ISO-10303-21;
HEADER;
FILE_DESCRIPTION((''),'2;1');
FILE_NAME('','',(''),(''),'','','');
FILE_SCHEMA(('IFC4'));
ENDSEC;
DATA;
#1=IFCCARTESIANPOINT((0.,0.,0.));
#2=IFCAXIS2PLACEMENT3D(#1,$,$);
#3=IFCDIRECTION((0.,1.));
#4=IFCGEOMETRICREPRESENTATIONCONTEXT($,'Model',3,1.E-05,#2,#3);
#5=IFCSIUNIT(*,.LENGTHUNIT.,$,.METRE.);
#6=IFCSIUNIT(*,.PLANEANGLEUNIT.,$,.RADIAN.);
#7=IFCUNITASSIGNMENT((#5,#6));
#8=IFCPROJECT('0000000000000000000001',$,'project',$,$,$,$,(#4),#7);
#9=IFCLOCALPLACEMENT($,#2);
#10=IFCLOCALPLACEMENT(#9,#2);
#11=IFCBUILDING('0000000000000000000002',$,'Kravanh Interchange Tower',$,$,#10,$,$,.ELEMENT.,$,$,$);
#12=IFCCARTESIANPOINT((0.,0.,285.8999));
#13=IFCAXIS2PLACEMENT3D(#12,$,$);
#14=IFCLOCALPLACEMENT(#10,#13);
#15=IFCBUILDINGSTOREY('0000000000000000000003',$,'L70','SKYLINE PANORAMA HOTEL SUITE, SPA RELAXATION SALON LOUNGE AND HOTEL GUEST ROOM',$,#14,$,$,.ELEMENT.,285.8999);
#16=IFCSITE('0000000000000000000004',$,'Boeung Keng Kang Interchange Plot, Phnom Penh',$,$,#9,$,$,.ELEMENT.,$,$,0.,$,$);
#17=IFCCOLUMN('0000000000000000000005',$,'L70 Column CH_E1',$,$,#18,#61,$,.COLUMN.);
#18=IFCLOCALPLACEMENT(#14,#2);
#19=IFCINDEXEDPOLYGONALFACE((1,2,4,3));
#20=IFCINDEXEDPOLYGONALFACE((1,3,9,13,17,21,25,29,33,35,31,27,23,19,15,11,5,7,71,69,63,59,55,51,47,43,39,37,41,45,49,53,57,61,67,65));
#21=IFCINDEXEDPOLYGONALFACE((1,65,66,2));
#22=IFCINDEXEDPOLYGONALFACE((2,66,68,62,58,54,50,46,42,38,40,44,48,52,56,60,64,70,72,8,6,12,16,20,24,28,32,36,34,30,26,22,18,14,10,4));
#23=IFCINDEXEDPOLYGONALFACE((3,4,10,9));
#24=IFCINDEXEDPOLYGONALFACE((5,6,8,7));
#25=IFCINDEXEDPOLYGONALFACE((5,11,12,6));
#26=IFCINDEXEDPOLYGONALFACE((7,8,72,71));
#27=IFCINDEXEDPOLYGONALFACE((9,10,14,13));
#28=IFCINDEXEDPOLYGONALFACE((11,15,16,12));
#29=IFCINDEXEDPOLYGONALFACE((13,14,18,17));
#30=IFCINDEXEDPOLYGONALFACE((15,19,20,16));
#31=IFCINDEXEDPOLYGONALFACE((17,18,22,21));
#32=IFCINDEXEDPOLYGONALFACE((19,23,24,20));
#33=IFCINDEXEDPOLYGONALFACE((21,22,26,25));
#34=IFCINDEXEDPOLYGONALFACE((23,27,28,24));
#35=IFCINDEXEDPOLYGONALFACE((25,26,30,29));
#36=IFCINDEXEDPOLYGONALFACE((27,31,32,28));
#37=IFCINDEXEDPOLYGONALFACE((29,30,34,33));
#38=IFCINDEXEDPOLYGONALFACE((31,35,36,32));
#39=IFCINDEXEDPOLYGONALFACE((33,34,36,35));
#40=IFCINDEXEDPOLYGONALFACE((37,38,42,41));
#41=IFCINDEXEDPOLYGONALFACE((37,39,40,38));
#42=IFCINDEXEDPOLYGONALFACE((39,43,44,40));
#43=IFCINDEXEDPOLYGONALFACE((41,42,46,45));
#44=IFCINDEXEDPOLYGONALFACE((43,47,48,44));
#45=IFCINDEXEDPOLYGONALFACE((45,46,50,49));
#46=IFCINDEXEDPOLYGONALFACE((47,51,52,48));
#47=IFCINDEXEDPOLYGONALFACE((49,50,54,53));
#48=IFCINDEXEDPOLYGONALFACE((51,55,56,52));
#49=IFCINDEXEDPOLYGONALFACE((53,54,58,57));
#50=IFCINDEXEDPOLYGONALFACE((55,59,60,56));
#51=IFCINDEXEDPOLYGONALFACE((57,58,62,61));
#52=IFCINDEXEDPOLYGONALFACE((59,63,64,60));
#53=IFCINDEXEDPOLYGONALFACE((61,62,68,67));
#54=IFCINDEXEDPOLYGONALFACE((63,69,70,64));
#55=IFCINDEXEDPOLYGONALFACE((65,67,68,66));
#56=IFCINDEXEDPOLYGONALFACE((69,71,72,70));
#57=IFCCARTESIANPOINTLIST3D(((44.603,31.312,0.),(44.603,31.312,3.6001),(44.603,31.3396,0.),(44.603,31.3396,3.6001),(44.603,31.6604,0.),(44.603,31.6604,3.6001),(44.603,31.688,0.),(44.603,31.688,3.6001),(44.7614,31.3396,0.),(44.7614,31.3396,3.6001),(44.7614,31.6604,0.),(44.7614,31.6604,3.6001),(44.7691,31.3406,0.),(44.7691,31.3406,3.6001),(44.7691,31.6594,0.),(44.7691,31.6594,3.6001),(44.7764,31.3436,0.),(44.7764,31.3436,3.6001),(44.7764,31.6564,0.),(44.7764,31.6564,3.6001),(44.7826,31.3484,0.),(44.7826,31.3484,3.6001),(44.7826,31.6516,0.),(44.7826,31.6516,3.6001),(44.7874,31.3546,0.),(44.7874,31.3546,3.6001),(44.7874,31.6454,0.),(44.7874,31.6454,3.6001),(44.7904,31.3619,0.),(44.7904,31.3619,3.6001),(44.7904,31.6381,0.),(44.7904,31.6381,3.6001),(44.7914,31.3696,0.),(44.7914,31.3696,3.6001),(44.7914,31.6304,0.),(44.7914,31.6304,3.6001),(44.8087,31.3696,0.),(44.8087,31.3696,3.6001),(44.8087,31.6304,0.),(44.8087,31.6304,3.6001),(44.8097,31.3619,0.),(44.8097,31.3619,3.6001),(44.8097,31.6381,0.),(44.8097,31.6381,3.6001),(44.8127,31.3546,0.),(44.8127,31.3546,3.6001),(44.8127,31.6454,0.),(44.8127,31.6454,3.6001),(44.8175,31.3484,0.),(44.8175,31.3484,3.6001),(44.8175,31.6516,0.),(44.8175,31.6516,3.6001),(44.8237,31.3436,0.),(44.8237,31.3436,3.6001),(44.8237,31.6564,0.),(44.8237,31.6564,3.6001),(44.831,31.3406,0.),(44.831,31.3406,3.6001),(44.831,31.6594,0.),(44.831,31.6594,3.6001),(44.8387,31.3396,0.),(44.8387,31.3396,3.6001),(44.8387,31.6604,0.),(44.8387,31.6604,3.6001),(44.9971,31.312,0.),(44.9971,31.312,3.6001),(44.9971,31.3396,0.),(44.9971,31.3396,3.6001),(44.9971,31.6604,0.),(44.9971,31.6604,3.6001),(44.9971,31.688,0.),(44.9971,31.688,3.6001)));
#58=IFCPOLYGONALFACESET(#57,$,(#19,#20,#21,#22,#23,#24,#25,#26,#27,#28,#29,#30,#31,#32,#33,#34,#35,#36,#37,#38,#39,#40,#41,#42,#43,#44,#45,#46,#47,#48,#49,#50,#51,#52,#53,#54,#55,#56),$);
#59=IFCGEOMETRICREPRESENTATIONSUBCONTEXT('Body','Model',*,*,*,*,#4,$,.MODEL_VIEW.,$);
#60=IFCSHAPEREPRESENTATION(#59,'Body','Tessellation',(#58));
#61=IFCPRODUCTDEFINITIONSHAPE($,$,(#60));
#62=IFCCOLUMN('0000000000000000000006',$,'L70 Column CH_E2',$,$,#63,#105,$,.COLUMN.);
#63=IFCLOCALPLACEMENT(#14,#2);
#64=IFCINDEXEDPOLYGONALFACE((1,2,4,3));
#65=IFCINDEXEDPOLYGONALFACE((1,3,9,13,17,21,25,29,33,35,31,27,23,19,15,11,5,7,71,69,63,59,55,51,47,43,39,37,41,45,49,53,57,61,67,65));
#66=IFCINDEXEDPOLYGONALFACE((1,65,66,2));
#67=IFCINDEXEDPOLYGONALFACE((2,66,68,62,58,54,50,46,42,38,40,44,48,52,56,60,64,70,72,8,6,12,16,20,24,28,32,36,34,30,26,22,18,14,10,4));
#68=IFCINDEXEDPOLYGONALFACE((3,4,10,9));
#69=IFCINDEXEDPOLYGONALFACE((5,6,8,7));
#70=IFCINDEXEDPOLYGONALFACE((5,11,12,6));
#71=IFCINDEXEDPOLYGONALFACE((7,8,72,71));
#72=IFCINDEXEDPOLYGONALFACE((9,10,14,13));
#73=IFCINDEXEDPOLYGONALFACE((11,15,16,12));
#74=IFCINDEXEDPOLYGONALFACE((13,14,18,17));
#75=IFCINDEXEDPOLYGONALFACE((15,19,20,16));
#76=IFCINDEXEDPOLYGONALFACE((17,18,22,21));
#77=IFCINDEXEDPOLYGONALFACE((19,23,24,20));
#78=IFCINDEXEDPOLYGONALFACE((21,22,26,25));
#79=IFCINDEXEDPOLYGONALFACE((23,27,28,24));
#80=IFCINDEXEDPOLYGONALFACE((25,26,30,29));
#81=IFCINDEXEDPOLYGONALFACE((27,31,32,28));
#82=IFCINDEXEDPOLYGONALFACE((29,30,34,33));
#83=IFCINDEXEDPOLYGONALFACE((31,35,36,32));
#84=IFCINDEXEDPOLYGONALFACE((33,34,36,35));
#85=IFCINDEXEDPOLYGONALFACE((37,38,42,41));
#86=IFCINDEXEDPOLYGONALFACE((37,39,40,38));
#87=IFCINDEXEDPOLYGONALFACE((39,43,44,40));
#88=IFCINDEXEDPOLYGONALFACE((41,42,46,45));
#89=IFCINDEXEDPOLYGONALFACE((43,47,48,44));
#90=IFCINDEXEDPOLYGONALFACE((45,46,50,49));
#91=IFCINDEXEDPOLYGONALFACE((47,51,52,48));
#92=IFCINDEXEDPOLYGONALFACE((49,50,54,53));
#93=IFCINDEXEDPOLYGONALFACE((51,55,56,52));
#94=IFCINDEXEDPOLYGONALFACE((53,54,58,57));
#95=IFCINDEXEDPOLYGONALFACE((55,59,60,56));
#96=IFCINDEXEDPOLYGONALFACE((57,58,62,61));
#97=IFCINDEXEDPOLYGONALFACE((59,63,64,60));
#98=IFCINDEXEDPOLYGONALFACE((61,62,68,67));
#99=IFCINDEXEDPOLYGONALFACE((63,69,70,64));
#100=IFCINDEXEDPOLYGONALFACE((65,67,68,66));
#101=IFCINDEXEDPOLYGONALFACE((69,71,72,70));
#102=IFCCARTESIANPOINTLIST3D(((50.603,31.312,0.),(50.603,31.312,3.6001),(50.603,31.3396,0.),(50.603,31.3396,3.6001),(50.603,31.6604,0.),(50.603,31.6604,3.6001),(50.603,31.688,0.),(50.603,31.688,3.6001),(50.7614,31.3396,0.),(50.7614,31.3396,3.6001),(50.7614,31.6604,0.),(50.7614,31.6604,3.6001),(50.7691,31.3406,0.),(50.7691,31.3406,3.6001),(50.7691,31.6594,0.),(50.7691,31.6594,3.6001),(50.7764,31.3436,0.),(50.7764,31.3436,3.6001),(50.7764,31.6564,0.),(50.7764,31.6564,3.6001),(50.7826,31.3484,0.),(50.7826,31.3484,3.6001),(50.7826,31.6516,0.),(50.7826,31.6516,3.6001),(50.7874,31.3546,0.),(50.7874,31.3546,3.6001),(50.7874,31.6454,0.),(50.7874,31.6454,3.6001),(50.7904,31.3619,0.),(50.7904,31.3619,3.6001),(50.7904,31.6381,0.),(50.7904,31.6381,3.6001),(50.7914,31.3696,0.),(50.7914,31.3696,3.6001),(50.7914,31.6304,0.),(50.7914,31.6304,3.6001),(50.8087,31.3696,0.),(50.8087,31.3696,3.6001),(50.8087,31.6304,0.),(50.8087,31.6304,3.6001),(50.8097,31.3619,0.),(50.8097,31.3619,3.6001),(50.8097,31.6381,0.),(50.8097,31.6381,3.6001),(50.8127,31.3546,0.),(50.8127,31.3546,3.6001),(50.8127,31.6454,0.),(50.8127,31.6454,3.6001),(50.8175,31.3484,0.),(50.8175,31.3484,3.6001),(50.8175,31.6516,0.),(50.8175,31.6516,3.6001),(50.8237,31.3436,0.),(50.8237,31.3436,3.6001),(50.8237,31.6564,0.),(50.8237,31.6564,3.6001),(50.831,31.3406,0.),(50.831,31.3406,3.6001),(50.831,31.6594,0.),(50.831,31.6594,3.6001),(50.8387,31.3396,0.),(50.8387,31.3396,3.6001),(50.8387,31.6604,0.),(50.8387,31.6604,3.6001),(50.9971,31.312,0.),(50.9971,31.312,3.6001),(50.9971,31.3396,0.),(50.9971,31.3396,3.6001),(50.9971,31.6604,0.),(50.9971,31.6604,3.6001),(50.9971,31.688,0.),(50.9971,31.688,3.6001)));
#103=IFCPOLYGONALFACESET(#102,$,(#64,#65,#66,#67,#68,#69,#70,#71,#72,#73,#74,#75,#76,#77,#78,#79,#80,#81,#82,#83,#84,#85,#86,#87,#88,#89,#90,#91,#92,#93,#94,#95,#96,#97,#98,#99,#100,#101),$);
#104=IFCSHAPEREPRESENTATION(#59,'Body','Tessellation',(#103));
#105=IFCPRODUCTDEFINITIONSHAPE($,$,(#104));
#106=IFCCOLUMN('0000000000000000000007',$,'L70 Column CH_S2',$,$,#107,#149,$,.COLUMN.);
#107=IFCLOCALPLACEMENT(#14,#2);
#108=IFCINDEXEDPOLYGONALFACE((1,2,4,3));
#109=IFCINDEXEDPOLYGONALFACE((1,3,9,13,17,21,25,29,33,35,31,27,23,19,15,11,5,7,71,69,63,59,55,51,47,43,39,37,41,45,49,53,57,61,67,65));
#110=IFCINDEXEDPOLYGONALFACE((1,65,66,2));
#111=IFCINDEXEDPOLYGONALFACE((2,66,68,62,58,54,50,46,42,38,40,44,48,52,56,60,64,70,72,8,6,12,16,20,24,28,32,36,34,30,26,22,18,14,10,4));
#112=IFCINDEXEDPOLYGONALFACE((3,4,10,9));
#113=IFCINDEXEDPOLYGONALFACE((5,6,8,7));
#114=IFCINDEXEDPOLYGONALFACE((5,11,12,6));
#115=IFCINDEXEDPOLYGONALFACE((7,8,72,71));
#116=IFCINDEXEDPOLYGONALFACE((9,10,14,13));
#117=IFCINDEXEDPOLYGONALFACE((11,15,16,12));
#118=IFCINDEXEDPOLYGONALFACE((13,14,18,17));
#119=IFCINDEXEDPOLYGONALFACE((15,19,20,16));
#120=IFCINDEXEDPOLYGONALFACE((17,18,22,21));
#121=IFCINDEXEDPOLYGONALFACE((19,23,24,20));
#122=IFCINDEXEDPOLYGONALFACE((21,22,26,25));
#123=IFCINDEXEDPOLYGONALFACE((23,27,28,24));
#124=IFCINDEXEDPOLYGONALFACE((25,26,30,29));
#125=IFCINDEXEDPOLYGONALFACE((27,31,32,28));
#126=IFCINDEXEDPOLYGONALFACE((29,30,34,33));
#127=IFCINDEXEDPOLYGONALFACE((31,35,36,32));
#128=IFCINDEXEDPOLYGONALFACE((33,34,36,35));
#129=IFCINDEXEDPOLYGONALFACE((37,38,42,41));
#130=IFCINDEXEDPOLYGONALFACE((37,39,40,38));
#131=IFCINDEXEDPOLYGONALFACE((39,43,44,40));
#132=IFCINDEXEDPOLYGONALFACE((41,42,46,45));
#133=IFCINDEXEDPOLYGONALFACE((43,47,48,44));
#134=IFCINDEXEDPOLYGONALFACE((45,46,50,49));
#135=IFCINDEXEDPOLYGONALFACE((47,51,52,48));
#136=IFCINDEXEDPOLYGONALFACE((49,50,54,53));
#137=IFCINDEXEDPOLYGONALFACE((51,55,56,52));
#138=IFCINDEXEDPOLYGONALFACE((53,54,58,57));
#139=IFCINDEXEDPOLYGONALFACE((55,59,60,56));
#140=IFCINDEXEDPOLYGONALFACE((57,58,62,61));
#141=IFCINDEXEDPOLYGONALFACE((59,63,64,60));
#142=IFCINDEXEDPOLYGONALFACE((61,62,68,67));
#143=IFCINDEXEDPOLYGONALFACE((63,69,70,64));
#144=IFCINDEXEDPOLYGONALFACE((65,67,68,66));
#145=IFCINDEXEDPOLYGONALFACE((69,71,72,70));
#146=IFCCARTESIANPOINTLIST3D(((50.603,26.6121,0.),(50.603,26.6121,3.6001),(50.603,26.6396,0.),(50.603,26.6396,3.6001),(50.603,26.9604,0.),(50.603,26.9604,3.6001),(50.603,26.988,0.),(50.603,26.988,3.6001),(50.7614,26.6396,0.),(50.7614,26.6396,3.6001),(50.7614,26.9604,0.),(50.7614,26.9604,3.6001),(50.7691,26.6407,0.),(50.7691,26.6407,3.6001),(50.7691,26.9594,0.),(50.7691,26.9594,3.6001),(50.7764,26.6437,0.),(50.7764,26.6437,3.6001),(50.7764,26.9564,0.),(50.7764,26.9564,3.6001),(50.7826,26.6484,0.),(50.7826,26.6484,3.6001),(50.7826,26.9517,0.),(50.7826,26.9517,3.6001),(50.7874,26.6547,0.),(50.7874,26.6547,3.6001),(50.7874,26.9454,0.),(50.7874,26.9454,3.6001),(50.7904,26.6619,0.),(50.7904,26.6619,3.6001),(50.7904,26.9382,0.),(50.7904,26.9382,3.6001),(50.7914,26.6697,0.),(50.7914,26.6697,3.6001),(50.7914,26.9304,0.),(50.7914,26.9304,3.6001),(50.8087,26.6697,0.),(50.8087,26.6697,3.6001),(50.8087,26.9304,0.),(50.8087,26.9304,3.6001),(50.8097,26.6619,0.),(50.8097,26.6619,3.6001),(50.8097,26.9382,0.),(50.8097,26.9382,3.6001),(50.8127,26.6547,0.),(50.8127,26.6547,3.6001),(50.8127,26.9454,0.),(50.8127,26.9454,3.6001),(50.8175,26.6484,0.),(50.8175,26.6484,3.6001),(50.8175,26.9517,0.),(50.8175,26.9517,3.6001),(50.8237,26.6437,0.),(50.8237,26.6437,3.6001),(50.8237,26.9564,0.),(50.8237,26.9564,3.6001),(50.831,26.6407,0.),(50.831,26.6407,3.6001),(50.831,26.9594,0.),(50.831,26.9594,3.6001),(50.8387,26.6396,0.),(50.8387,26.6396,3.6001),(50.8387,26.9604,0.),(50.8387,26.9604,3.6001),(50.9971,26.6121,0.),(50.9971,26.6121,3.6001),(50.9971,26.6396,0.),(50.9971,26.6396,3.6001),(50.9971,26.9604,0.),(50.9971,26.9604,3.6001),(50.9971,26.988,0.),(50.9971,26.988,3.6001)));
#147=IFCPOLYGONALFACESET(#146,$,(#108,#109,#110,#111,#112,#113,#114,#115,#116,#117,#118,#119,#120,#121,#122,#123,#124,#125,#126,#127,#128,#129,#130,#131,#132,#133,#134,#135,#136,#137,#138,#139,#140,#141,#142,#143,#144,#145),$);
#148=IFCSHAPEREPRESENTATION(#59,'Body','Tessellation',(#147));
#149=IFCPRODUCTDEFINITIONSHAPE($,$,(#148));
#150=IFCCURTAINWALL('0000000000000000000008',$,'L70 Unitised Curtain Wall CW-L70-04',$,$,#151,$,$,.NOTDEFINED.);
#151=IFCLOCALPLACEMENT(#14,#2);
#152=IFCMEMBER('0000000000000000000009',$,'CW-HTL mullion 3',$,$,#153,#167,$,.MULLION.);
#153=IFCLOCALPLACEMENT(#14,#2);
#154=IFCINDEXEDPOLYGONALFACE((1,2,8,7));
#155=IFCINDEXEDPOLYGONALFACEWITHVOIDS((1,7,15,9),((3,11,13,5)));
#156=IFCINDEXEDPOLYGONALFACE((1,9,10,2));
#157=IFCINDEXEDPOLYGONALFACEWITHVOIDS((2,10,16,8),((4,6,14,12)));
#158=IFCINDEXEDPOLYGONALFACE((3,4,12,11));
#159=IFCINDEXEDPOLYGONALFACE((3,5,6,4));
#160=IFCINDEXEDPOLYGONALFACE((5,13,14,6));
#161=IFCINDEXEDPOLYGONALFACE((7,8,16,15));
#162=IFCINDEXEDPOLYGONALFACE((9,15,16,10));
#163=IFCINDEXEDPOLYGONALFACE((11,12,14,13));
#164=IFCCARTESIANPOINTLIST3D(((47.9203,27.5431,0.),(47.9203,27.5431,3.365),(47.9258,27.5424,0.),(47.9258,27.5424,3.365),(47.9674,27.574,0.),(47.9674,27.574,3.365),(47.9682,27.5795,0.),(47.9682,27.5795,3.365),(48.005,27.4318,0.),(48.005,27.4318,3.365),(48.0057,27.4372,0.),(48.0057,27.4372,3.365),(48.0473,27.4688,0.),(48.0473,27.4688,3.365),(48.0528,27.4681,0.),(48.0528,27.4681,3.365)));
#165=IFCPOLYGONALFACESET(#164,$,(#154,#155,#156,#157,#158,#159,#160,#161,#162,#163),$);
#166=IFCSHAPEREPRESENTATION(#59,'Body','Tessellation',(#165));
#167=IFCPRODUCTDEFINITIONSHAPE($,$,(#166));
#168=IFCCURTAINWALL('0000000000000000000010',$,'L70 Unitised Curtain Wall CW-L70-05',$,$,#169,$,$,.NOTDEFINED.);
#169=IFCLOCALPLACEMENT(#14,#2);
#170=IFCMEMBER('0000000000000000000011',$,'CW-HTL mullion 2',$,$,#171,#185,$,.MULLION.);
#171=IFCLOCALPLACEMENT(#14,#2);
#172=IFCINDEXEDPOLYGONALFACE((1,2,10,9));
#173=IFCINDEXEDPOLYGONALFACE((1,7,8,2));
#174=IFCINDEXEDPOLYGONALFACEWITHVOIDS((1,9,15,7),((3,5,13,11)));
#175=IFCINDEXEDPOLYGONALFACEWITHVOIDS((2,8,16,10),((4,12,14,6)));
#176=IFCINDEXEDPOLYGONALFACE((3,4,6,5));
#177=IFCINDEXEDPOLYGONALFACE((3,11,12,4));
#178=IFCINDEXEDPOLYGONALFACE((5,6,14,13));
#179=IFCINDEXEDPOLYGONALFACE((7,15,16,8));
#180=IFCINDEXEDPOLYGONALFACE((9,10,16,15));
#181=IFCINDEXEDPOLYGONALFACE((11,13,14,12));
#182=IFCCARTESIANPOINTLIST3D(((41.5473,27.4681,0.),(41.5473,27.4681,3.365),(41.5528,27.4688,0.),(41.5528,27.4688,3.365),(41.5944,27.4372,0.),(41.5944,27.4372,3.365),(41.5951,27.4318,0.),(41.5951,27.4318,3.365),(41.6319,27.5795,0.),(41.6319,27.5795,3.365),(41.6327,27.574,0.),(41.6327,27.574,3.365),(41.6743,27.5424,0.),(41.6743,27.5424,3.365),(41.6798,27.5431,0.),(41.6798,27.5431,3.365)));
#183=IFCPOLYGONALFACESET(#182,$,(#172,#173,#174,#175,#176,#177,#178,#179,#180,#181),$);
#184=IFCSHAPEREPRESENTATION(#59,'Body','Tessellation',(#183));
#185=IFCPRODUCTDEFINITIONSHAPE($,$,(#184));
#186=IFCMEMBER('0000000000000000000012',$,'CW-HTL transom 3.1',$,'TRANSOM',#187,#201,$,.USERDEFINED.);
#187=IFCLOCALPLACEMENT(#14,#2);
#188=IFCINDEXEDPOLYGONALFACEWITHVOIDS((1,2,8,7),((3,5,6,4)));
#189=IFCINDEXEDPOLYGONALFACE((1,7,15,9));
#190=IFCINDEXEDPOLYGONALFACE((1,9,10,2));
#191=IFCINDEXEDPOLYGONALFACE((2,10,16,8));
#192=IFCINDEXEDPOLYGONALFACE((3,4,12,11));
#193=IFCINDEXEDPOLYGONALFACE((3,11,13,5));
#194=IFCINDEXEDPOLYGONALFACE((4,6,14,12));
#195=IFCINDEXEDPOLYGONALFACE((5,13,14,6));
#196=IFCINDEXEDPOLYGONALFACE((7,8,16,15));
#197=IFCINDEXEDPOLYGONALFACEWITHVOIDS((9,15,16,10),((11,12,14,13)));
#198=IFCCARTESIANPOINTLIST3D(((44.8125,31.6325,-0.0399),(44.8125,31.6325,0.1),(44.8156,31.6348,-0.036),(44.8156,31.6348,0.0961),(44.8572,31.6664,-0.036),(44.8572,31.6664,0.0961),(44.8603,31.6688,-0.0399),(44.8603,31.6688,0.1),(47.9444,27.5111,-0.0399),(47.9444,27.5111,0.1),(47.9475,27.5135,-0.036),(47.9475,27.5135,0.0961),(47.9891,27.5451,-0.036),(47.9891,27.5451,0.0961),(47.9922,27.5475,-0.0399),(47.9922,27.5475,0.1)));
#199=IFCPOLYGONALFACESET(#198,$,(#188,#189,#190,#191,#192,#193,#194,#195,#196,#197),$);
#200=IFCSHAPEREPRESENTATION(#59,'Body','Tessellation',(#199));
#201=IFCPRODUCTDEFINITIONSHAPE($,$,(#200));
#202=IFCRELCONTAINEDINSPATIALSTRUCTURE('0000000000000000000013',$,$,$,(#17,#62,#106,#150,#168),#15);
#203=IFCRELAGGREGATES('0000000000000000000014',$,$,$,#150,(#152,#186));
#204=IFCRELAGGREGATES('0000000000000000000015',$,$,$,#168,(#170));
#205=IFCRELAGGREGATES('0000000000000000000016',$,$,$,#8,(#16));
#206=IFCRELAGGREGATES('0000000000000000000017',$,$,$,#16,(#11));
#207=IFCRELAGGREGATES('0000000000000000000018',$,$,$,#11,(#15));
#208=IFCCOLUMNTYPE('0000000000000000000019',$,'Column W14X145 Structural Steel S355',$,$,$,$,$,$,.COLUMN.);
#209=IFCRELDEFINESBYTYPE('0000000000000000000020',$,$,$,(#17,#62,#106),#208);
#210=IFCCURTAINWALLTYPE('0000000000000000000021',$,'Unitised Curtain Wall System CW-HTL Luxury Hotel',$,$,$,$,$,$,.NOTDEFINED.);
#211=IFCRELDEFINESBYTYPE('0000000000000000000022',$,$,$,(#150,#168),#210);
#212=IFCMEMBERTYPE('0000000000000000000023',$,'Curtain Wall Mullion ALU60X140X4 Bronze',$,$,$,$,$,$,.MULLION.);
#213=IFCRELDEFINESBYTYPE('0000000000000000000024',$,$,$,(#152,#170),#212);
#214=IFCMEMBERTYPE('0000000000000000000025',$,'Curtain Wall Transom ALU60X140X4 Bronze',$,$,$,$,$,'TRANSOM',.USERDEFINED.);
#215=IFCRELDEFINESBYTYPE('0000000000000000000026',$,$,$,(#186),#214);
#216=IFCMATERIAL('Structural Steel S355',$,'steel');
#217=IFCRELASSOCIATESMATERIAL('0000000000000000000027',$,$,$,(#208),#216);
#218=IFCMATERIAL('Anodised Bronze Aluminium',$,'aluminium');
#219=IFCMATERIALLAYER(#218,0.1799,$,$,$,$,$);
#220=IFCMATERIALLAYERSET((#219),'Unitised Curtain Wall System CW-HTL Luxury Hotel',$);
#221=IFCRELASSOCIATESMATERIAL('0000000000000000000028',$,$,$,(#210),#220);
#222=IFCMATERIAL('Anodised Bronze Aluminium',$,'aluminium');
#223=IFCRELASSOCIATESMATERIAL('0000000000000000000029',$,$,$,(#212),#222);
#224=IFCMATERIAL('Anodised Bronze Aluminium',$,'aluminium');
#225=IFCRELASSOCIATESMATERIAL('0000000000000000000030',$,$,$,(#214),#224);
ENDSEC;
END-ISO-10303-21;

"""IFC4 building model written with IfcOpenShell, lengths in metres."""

from ifc_helpers import new_model, si_unit, direction, frame, origin, origin_2d, place, context, subcontext, project, spatial, hollow_rectangle, i_section, extrude, material, layer, layer_set, material_profile, profile_set, type_object, element, aggregate, save


model = new_model("IFC4")

# Units and contexts
model_context = context("Model", 3, precision=1e-05, world=origin(), true_north=direction((0.0, 1.0)))
body_context = subcontext(model_context, "Body", "Model", "MODEL_VIEW")
ifc_project = project(units=[si_unit("LENGTHUNIT", "METRE"), si_unit("PLANEANGLEUNIT", "RADIAN")], contexts=[model_context])

# Site, building, storey
site_placement = place(None, origin())
site = spatial("IfcSite", under=ifc_project, at=site_placement, Name="Boeung Keng Kang Interchange Plot, Phnom Penh", CompositionType="ELEMENT", RefElevation=0.0)
building_placement = place(site_placement, origin())
building = spatial("IfcBuilding", under=site, at=building_placement, Name="Kravanh Interchange Tower", CompositionType="ELEMENT")
storey_placement = place(building_placement, frame((0.0, 0.0, 285.8999)))
storey = spatial("IfcBuildingStorey", under=building, at=storey_placement, Name="L70", Description="SKYLINE PANORAMA HOTEL SUITE, SPA RELAXATION SALON LOUNGE AND HOTEL GUEST ROOM", CompositionType="ELEMENT", Elevation=285.8999)

# Columns
ifc_material_1 = material(Name="Structural Steel S355", Category="steel")
ifc_material_profile_1 = material_profile(ifc_material_1, i_section(OverallWidth=0.394, OverallDepth=0.376, WebThickness=0.0173, FlangeThickness=0.0276, FilletRadius=0.03, at=origin_2d()), Name="W14X145")
ifc_profile_set_1 = profile_set([ifc_material_profile_1], Name="Structural Steel S355")
column_type = type_object("IfcColumnType", Name="Column W14X145 Structural Steel S355", PredefinedType="COLUMN", material=ifc_profile_set_1)
for number, where, z_axis, x_axis, name in (
    (1, (44.8, 31.5, 0.0), (0.0, 0.0, 1.0), (1.0, 0.0, 0.0), "L70 Column CH_E1"),
    (2, (50.8, 31.5, 0.0), (0.0, 0.0, 1.0), (1.0, 0.0, 0.0), "L70 Column CH_E2"),
    (3, (50.8, 26.8, 0.0), (0.0, 0.0, 1.0), (1.0, 0.0, 0.0), "L70 Column CH_S2"),
):
    element("IfcColumn", number, at=place(storey_placement, frame(where, z_axis=z_axis, x_axis=x_axis)), inside=storey, type_object=column_type, Name=name, PredefinedType="COLUMN", context=body_context, shape_type="SweptSolid", body=[
        extrude(i_section(OverallWidth=0.394, OverallDepth=0.376, WebThickness=0.0173, FlangeThickness=0.0276, FilletRadius=0.03, at=origin_2d()), origin(), (0.0, 0.0, 1.0), 3.6001),
    ])

# Curtain walls, members
ifc_material_2 = material(Name="Anodised Bronze Aluminium", Category="aluminium")
ifc_layer_1 = layer(ifc_material_2, 0.1799)
ifc_layer_set_1 = layer_set([ifc_layer_1], Name="Unitised Curtain Wall System CW-HTL Luxury Hotel")
curtain_wall_type = type_object("IfcCurtainWallType", Name="Unitised Curtain Wall System CW-HTL Luxury Hotel", PredefinedType="NOTDEFINED", material=ifc_layer_set_1)
curtain_wall_1_placement = place(storey_placement, origin())
curtain_wall_1 = element("IfcCurtainWall", 4, at=curtain_wall_1_placement, inside=storey, type_object=curtain_wall_type, Name="L70 Unitised Curtain Wall CW-L70-04", PredefinedType="NOTDEFINED")
ifc_material_3 = material(Name="Anodised Bronze Aluminium", Category="aluminium")
ifc_material_profile_2 = material_profile(ifc_material_3, hollow_rectangle(XDim=0.0601, YDim=0.1399, WallThickness=0.0039, at=origin_2d()), Name="ALU60X140X4")
ifc_profile_set_2 = profile_set([ifc_material_profile_2], Name="Anodised Bronze Aluminium")
member_type_1 = type_object("IfcMemberType", Name="Curtain Wall Mullion ALU60X140X4 Bronze", PredefinedType="MULLION", material=ifc_profile_set_2)
member_1_placement = place(storey_placement, frame((47.9866, 27.5056, 0.0), z_axis=(0.0, 0.0, 1.0), x_axis=(-0.796162, -0.605083, 0.0)))
member_1 = element("IfcMember", 5, at=member_1_placement, type_object=member_type_1, Name="CW-HTL mullion 3", PredefinedType="MULLION", context=body_context, shape_type="SweptSolid", body=[
    extrude(hollow_rectangle(XDim=0.0601, YDim=0.1399, WallThickness=0.0039, at=origin_2d()), origin(), (0.0, 0.0, 1.0), 3.365),
])
curtain_wall_2_placement = place(storey_placement, origin())
curtain_wall_2 = element("IfcCurtainWall", 6, at=curtain_wall_2_placement, inside=storey, type_object=curtain_wall_type, Name="L70 Unitised Curtain Wall CW-L70-05", PredefinedType="NOTDEFINED")
member_2_placement = place(storey_placement, frame((41.6135, 27.5056, 0.0), z_axis=(0.0, 0.0, 1.0), x_axis=(0.796162, -0.605083, 0.0)))
member_2 = element("IfcMember", 7, at=member_2_placement, type_object=member_type_1, Name="CW-HTL mullion 2", PredefinedType="MULLION", context=body_context, shape_type="SweptSolid", body=[
    extrude(hollow_rectangle(XDim=0.0601, YDim=0.1399, WallThickness=0.0039, at=origin_2d()), origin(), (0.0, 0.0, 1.0), 3.365),
])

# Member
ifc_material_4 = material(Name="Anodised Bronze Aluminium", Category="aluminium")
ifc_material_profile_3 = material_profile(ifc_material_4, hollow_rectangle(XDim=0.0601, YDim=0.1399, WallThickness=0.0039, at=origin_2d()), Name="ALU60X140X4")
ifc_profile_set_3 = profile_set([ifc_material_profile_3], Name="Anodised Bronze Aluminium")
member_type_2 = type_object("IfcMemberType", Name="Curtain Wall Transom ALU60X140X4 Bronze", ElementType="TRANSOM", PredefinedType="USERDEFINED", material=ifc_profile_set_3)
member_3_placement = place(storey_placement, frame((47.9683, 27.5293, 0.03), z_axis=(-0.605037, 0.796198, 0.0), x_axis=(-0.796198, -0.605037, 0.0)))
member_3 = element("IfcMember", 8, at=member_3_placement, type_object=member_type_2, Name="CW-HTL transom 3.1", ObjectType="TRANSOM", PredefinedType="USERDEFINED", context=body_context, shape_type="SweptSolid", body=[
    extrude(hollow_rectangle(XDim=0.0601, YDim=0.1399, WallThickness=0.0039, at=origin_2d()), origin(), (0.0, 0.0, 1.0), 5.1763),
])

aggregate(curtain_wall_1, [member_1, member_3])
aggregate(curtain_wall_2, [member_2])

save(model, "model.ifc")
